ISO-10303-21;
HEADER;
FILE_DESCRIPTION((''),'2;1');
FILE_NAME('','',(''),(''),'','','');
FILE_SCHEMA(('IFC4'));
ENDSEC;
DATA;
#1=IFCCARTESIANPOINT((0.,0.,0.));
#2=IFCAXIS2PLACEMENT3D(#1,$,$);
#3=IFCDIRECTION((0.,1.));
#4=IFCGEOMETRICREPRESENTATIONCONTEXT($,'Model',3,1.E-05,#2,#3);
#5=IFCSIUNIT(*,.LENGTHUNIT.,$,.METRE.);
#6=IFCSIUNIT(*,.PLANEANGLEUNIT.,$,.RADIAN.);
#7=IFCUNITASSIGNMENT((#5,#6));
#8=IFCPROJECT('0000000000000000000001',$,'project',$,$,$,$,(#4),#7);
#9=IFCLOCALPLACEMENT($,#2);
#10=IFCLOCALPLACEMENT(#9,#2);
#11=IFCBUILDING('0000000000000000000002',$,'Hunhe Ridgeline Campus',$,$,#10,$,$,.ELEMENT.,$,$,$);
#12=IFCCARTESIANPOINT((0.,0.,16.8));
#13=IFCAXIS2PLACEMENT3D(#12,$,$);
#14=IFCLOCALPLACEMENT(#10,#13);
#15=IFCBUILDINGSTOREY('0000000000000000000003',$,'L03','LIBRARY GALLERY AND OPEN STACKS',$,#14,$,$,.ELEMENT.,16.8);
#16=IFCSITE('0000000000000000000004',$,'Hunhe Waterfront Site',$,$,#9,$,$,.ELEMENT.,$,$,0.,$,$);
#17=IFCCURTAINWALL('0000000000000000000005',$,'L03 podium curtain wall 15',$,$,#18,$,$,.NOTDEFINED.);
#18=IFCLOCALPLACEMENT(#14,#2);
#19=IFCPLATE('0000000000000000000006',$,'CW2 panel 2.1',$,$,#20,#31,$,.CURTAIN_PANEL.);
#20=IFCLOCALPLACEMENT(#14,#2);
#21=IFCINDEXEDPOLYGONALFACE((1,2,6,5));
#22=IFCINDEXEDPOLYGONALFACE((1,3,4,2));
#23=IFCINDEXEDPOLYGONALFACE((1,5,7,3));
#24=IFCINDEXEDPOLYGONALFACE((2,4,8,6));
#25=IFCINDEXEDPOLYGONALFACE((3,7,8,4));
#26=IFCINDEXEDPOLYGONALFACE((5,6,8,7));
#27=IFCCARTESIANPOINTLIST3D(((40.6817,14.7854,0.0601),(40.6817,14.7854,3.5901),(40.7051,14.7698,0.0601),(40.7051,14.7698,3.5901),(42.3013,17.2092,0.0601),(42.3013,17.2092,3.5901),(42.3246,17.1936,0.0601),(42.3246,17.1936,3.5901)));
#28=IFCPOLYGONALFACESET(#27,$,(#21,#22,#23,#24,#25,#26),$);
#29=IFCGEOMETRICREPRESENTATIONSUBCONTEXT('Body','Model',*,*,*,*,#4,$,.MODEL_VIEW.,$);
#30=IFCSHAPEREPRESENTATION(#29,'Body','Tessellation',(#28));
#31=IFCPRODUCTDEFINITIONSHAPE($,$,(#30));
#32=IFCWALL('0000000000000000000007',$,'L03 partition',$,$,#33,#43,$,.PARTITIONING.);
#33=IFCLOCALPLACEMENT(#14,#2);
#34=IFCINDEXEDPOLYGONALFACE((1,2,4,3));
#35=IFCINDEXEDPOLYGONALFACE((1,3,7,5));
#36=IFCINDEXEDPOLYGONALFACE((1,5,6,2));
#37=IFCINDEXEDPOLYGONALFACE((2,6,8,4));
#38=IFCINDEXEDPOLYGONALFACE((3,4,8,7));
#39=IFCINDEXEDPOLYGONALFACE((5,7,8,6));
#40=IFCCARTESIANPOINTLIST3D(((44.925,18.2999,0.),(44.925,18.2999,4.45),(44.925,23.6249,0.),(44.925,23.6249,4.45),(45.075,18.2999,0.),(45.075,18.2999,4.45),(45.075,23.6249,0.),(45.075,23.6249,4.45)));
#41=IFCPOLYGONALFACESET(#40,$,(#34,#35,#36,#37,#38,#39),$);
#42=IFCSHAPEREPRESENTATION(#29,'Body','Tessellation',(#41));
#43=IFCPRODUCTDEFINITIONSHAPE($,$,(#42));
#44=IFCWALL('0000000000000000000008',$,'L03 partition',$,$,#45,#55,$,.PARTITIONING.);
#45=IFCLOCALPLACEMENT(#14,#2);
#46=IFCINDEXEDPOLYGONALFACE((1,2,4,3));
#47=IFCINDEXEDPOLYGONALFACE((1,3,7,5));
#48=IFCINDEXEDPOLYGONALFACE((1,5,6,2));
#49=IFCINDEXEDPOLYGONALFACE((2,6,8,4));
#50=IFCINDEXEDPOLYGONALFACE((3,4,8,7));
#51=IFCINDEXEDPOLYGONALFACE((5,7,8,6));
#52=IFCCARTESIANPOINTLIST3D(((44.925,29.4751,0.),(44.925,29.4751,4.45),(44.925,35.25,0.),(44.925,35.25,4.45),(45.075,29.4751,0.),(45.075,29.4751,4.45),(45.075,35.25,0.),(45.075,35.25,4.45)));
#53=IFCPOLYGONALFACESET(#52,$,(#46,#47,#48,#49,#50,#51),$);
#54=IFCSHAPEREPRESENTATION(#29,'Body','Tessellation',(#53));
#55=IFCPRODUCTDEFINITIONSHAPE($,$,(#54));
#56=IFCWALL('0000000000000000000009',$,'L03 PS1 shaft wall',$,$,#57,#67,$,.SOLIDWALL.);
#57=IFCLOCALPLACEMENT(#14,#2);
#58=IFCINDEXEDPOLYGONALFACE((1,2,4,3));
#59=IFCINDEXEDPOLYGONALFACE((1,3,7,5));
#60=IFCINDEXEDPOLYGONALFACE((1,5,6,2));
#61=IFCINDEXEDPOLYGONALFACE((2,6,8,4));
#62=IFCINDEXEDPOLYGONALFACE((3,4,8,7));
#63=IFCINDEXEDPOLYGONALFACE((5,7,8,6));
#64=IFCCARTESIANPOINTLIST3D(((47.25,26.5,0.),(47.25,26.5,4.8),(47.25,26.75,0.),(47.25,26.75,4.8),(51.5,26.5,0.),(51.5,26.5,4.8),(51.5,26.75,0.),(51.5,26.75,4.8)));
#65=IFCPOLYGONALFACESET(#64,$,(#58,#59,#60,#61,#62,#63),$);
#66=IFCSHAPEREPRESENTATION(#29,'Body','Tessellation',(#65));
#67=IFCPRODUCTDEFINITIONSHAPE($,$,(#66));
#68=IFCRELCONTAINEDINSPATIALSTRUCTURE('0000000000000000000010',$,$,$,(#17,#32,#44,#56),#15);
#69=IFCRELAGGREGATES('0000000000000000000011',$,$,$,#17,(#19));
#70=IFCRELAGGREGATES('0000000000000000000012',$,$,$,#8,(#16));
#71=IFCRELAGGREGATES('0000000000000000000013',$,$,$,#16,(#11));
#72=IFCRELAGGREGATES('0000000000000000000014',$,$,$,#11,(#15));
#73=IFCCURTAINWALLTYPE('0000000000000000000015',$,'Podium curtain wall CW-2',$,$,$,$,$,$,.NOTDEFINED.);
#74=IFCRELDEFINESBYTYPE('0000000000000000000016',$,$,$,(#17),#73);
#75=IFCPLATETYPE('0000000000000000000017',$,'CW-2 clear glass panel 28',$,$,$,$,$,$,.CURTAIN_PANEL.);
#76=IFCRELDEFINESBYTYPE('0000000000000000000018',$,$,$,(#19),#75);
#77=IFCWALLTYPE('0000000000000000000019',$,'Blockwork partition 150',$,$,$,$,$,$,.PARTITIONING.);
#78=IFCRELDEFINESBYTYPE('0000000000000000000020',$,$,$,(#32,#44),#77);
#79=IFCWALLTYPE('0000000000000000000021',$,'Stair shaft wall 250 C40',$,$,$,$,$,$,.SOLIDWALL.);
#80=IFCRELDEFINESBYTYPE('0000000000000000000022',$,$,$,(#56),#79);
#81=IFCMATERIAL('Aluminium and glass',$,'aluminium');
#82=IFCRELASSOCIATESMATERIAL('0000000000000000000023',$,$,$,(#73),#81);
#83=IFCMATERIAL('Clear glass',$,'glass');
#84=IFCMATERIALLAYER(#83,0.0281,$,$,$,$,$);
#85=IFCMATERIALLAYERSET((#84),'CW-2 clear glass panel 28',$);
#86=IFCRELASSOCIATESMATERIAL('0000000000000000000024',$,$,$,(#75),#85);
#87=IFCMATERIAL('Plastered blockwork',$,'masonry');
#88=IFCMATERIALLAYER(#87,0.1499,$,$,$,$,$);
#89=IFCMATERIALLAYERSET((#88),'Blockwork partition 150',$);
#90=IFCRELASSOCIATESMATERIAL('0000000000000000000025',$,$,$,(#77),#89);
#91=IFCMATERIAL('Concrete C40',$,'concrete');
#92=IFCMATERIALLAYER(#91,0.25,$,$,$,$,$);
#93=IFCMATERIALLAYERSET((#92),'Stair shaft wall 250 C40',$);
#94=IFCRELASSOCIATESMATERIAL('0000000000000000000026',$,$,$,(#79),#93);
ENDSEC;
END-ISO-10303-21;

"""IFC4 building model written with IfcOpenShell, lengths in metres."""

from ifc_helpers import new_model, si_unit, direction, frame, frame_2d, origin, origin_2d, place, context, subcontext, project, spatial, rectangle, extrude, material, layer, layer_set, type_object, element, aggregate, save


model = new_model("IFC4")

# Units and contexts
model_context = context("Model", 3, precision=1e-05, world=origin(), true_north=direction((0.0, 1.0)))
body_context = subcontext(model_context, "Body", "Model", "MODEL_VIEW")
ifc_project = project(units=[si_unit("LENGTHUNIT", "METRE"), si_unit("PLANEANGLEUNIT", "RADIAN")], contexts=[model_context])

# Site, building, storey
site_placement = place(None, origin())
site = spatial("IfcSite", under=ifc_project, at=site_placement, Name="Hunhe Waterfront Site", CompositionType="ELEMENT", RefElevation=0.0)
building_placement = place(site_placement, origin())
building = spatial("IfcBuilding", under=site, at=building_placement, Name="Hunhe Ridgeline Campus", CompositionType="ELEMENT")
storey_placement = place(building_placement, frame((0.0, 0.0, 16.8)))
storey = spatial("IfcBuildingStorey", under=building, at=storey_placement, Name="L03", Description="LIBRARY GALLERY AND OPEN STACKS", CompositionType="ELEMENT", Elevation=16.8)

# Shared definitions
ifc_material_1 = material(Name="Aluminium and glass", Category="aluminium")
curtain_wall_type = type_object("IfcCurtainWallType", Name="Podium curtain wall CW-2", PredefinedType="NOTDEFINED", material=ifc_material_1)

# Curtain wall
curtain_wall_1_placement = place(storey_placement, origin())
curtain_wall_1 = element("IfcCurtainWall", 1, at=curtain_wall_1_placement, inside=storey, type_object=curtain_wall_type, Name="L03 podium curtain wall 15", PredefinedType="NOTDEFINED")

# Plate
ifc_material_2 = material(Name="Clear glass", Category="glass")
ifc_layer_1 = layer(ifc_material_2, 0.0281)
ifc_layer_set_1 = layer_set([ifc_layer_1], Name="CW-2 clear glass panel 28")
plate_type = type_object("IfcPlateType", Name="CW-2 clear glass panel 28", PredefinedType="CURTAIN_PANEL", material=ifc_layer_set_1)
plate_1_placement = place(storey_placement, frame((41.5032, 15.9895, 0.0601), z_axis=(0.0, 0.0, 1.0), x_axis=(0.555572, 0.831469, 0.0)))
plate_1 = element("IfcPlate", 2, at=plate_1_placement, type_object=plate_type, Name="CW2 panel 2.1", PredefinedType="CURTAIN_PANEL", context=body_context, shape_type="SweptSolid", body=[
    extrude(rectangle(XDim=2.915, YDim=0.0281, at=origin_2d()), origin(), (0.0, 0.0, 1.0), 3.53),
])
aggregate(curtain_wall_1, [plate_1])

# Walls
ifc_material_3 = material(Name="Plastered blockwork", Category="masonry")
ifc_layer_2 = layer(ifc_material_3, 0.1499)
ifc_layer_set_2 = layer_set([ifc_layer_2], Name="Blockwork partition 150")
wall_type_1 = type_object("IfcWallType", Name="Blockwork partition 150", PredefinedType="PARTITIONING", material=ifc_layer_set_2)
wall_1_placement = place(storey_placement, frame((45.0, 23.625, 0.0), z_axis=(0.0, 0.0, 1.0), x_axis=(0.0, -1.0, 0.0)))
element("IfcWall", 3, at=wall_1_placement, inside=storey, type_object=wall_type_1, Name="L03 partition", PredefinedType="PARTITIONING", context=body_context, shape_type="SweptSolid", body=[
    extrude(rectangle(XDim=5.325, YDim=0.1499, at=frame_2d((2.6626, 0.0))), origin(), (0.0, 0.0, 1.0), 4.45),
])
wall_2_placement = place(storey_placement, frame((45.0, 29.4751, 0.0), z_axis=(0.0, 0.0, 1.0), x_axis=(0.0, 1.0, 0.0)))
element("IfcWall", 4, at=wall_2_placement, inside=storey, type_object=wall_type_1, Name="L03 partition", PredefinedType="PARTITIONING", context=body_context, shape_type="SweptSolid", body=[
    extrude(rectangle(XDim=5.7749, YDim=0.1499, at=frame_2d((2.8875, 0.0))), origin(), (0.0, 0.0, 1.0), 4.45),
])
ifc_material_4 = material(Name="Concrete C40", Category="concrete")
ifc_layer_3 = layer(ifc_material_4, 0.25)
ifc_layer_set_3 = layer_set([ifc_layer_3], Name="Stair shaft wall 250 C40")
wall_type_2 = type_object("IfcWallType", Name="Stair shaft wall 250 C40", PredefinedType="SOLIDWALL", material=ifc_layer_set_3)
wall_3_placement = place(storey_placement, frame((47.25, 26.625, 0.0), z_axis=(0.0, 0.0, 1.0), x_axis=(1.0, 0.0, 0.0)))
element("IfcWall", 5, at=wall_3_placement, inside=storey, type_object=wall_type_2, Name="L03 PS1 shaft wall", PredefinedType="SOLIDWALL", context=body_context, shape_type="SweptSolid", body=[
    extrude(rectangle(XDim=4.25, YDim=0.25, at=frame_2d((2.125, 0.0))), origin(), (0.0, 0.0, 1.0), 4.8),
])

save(model, "model.ifc")
